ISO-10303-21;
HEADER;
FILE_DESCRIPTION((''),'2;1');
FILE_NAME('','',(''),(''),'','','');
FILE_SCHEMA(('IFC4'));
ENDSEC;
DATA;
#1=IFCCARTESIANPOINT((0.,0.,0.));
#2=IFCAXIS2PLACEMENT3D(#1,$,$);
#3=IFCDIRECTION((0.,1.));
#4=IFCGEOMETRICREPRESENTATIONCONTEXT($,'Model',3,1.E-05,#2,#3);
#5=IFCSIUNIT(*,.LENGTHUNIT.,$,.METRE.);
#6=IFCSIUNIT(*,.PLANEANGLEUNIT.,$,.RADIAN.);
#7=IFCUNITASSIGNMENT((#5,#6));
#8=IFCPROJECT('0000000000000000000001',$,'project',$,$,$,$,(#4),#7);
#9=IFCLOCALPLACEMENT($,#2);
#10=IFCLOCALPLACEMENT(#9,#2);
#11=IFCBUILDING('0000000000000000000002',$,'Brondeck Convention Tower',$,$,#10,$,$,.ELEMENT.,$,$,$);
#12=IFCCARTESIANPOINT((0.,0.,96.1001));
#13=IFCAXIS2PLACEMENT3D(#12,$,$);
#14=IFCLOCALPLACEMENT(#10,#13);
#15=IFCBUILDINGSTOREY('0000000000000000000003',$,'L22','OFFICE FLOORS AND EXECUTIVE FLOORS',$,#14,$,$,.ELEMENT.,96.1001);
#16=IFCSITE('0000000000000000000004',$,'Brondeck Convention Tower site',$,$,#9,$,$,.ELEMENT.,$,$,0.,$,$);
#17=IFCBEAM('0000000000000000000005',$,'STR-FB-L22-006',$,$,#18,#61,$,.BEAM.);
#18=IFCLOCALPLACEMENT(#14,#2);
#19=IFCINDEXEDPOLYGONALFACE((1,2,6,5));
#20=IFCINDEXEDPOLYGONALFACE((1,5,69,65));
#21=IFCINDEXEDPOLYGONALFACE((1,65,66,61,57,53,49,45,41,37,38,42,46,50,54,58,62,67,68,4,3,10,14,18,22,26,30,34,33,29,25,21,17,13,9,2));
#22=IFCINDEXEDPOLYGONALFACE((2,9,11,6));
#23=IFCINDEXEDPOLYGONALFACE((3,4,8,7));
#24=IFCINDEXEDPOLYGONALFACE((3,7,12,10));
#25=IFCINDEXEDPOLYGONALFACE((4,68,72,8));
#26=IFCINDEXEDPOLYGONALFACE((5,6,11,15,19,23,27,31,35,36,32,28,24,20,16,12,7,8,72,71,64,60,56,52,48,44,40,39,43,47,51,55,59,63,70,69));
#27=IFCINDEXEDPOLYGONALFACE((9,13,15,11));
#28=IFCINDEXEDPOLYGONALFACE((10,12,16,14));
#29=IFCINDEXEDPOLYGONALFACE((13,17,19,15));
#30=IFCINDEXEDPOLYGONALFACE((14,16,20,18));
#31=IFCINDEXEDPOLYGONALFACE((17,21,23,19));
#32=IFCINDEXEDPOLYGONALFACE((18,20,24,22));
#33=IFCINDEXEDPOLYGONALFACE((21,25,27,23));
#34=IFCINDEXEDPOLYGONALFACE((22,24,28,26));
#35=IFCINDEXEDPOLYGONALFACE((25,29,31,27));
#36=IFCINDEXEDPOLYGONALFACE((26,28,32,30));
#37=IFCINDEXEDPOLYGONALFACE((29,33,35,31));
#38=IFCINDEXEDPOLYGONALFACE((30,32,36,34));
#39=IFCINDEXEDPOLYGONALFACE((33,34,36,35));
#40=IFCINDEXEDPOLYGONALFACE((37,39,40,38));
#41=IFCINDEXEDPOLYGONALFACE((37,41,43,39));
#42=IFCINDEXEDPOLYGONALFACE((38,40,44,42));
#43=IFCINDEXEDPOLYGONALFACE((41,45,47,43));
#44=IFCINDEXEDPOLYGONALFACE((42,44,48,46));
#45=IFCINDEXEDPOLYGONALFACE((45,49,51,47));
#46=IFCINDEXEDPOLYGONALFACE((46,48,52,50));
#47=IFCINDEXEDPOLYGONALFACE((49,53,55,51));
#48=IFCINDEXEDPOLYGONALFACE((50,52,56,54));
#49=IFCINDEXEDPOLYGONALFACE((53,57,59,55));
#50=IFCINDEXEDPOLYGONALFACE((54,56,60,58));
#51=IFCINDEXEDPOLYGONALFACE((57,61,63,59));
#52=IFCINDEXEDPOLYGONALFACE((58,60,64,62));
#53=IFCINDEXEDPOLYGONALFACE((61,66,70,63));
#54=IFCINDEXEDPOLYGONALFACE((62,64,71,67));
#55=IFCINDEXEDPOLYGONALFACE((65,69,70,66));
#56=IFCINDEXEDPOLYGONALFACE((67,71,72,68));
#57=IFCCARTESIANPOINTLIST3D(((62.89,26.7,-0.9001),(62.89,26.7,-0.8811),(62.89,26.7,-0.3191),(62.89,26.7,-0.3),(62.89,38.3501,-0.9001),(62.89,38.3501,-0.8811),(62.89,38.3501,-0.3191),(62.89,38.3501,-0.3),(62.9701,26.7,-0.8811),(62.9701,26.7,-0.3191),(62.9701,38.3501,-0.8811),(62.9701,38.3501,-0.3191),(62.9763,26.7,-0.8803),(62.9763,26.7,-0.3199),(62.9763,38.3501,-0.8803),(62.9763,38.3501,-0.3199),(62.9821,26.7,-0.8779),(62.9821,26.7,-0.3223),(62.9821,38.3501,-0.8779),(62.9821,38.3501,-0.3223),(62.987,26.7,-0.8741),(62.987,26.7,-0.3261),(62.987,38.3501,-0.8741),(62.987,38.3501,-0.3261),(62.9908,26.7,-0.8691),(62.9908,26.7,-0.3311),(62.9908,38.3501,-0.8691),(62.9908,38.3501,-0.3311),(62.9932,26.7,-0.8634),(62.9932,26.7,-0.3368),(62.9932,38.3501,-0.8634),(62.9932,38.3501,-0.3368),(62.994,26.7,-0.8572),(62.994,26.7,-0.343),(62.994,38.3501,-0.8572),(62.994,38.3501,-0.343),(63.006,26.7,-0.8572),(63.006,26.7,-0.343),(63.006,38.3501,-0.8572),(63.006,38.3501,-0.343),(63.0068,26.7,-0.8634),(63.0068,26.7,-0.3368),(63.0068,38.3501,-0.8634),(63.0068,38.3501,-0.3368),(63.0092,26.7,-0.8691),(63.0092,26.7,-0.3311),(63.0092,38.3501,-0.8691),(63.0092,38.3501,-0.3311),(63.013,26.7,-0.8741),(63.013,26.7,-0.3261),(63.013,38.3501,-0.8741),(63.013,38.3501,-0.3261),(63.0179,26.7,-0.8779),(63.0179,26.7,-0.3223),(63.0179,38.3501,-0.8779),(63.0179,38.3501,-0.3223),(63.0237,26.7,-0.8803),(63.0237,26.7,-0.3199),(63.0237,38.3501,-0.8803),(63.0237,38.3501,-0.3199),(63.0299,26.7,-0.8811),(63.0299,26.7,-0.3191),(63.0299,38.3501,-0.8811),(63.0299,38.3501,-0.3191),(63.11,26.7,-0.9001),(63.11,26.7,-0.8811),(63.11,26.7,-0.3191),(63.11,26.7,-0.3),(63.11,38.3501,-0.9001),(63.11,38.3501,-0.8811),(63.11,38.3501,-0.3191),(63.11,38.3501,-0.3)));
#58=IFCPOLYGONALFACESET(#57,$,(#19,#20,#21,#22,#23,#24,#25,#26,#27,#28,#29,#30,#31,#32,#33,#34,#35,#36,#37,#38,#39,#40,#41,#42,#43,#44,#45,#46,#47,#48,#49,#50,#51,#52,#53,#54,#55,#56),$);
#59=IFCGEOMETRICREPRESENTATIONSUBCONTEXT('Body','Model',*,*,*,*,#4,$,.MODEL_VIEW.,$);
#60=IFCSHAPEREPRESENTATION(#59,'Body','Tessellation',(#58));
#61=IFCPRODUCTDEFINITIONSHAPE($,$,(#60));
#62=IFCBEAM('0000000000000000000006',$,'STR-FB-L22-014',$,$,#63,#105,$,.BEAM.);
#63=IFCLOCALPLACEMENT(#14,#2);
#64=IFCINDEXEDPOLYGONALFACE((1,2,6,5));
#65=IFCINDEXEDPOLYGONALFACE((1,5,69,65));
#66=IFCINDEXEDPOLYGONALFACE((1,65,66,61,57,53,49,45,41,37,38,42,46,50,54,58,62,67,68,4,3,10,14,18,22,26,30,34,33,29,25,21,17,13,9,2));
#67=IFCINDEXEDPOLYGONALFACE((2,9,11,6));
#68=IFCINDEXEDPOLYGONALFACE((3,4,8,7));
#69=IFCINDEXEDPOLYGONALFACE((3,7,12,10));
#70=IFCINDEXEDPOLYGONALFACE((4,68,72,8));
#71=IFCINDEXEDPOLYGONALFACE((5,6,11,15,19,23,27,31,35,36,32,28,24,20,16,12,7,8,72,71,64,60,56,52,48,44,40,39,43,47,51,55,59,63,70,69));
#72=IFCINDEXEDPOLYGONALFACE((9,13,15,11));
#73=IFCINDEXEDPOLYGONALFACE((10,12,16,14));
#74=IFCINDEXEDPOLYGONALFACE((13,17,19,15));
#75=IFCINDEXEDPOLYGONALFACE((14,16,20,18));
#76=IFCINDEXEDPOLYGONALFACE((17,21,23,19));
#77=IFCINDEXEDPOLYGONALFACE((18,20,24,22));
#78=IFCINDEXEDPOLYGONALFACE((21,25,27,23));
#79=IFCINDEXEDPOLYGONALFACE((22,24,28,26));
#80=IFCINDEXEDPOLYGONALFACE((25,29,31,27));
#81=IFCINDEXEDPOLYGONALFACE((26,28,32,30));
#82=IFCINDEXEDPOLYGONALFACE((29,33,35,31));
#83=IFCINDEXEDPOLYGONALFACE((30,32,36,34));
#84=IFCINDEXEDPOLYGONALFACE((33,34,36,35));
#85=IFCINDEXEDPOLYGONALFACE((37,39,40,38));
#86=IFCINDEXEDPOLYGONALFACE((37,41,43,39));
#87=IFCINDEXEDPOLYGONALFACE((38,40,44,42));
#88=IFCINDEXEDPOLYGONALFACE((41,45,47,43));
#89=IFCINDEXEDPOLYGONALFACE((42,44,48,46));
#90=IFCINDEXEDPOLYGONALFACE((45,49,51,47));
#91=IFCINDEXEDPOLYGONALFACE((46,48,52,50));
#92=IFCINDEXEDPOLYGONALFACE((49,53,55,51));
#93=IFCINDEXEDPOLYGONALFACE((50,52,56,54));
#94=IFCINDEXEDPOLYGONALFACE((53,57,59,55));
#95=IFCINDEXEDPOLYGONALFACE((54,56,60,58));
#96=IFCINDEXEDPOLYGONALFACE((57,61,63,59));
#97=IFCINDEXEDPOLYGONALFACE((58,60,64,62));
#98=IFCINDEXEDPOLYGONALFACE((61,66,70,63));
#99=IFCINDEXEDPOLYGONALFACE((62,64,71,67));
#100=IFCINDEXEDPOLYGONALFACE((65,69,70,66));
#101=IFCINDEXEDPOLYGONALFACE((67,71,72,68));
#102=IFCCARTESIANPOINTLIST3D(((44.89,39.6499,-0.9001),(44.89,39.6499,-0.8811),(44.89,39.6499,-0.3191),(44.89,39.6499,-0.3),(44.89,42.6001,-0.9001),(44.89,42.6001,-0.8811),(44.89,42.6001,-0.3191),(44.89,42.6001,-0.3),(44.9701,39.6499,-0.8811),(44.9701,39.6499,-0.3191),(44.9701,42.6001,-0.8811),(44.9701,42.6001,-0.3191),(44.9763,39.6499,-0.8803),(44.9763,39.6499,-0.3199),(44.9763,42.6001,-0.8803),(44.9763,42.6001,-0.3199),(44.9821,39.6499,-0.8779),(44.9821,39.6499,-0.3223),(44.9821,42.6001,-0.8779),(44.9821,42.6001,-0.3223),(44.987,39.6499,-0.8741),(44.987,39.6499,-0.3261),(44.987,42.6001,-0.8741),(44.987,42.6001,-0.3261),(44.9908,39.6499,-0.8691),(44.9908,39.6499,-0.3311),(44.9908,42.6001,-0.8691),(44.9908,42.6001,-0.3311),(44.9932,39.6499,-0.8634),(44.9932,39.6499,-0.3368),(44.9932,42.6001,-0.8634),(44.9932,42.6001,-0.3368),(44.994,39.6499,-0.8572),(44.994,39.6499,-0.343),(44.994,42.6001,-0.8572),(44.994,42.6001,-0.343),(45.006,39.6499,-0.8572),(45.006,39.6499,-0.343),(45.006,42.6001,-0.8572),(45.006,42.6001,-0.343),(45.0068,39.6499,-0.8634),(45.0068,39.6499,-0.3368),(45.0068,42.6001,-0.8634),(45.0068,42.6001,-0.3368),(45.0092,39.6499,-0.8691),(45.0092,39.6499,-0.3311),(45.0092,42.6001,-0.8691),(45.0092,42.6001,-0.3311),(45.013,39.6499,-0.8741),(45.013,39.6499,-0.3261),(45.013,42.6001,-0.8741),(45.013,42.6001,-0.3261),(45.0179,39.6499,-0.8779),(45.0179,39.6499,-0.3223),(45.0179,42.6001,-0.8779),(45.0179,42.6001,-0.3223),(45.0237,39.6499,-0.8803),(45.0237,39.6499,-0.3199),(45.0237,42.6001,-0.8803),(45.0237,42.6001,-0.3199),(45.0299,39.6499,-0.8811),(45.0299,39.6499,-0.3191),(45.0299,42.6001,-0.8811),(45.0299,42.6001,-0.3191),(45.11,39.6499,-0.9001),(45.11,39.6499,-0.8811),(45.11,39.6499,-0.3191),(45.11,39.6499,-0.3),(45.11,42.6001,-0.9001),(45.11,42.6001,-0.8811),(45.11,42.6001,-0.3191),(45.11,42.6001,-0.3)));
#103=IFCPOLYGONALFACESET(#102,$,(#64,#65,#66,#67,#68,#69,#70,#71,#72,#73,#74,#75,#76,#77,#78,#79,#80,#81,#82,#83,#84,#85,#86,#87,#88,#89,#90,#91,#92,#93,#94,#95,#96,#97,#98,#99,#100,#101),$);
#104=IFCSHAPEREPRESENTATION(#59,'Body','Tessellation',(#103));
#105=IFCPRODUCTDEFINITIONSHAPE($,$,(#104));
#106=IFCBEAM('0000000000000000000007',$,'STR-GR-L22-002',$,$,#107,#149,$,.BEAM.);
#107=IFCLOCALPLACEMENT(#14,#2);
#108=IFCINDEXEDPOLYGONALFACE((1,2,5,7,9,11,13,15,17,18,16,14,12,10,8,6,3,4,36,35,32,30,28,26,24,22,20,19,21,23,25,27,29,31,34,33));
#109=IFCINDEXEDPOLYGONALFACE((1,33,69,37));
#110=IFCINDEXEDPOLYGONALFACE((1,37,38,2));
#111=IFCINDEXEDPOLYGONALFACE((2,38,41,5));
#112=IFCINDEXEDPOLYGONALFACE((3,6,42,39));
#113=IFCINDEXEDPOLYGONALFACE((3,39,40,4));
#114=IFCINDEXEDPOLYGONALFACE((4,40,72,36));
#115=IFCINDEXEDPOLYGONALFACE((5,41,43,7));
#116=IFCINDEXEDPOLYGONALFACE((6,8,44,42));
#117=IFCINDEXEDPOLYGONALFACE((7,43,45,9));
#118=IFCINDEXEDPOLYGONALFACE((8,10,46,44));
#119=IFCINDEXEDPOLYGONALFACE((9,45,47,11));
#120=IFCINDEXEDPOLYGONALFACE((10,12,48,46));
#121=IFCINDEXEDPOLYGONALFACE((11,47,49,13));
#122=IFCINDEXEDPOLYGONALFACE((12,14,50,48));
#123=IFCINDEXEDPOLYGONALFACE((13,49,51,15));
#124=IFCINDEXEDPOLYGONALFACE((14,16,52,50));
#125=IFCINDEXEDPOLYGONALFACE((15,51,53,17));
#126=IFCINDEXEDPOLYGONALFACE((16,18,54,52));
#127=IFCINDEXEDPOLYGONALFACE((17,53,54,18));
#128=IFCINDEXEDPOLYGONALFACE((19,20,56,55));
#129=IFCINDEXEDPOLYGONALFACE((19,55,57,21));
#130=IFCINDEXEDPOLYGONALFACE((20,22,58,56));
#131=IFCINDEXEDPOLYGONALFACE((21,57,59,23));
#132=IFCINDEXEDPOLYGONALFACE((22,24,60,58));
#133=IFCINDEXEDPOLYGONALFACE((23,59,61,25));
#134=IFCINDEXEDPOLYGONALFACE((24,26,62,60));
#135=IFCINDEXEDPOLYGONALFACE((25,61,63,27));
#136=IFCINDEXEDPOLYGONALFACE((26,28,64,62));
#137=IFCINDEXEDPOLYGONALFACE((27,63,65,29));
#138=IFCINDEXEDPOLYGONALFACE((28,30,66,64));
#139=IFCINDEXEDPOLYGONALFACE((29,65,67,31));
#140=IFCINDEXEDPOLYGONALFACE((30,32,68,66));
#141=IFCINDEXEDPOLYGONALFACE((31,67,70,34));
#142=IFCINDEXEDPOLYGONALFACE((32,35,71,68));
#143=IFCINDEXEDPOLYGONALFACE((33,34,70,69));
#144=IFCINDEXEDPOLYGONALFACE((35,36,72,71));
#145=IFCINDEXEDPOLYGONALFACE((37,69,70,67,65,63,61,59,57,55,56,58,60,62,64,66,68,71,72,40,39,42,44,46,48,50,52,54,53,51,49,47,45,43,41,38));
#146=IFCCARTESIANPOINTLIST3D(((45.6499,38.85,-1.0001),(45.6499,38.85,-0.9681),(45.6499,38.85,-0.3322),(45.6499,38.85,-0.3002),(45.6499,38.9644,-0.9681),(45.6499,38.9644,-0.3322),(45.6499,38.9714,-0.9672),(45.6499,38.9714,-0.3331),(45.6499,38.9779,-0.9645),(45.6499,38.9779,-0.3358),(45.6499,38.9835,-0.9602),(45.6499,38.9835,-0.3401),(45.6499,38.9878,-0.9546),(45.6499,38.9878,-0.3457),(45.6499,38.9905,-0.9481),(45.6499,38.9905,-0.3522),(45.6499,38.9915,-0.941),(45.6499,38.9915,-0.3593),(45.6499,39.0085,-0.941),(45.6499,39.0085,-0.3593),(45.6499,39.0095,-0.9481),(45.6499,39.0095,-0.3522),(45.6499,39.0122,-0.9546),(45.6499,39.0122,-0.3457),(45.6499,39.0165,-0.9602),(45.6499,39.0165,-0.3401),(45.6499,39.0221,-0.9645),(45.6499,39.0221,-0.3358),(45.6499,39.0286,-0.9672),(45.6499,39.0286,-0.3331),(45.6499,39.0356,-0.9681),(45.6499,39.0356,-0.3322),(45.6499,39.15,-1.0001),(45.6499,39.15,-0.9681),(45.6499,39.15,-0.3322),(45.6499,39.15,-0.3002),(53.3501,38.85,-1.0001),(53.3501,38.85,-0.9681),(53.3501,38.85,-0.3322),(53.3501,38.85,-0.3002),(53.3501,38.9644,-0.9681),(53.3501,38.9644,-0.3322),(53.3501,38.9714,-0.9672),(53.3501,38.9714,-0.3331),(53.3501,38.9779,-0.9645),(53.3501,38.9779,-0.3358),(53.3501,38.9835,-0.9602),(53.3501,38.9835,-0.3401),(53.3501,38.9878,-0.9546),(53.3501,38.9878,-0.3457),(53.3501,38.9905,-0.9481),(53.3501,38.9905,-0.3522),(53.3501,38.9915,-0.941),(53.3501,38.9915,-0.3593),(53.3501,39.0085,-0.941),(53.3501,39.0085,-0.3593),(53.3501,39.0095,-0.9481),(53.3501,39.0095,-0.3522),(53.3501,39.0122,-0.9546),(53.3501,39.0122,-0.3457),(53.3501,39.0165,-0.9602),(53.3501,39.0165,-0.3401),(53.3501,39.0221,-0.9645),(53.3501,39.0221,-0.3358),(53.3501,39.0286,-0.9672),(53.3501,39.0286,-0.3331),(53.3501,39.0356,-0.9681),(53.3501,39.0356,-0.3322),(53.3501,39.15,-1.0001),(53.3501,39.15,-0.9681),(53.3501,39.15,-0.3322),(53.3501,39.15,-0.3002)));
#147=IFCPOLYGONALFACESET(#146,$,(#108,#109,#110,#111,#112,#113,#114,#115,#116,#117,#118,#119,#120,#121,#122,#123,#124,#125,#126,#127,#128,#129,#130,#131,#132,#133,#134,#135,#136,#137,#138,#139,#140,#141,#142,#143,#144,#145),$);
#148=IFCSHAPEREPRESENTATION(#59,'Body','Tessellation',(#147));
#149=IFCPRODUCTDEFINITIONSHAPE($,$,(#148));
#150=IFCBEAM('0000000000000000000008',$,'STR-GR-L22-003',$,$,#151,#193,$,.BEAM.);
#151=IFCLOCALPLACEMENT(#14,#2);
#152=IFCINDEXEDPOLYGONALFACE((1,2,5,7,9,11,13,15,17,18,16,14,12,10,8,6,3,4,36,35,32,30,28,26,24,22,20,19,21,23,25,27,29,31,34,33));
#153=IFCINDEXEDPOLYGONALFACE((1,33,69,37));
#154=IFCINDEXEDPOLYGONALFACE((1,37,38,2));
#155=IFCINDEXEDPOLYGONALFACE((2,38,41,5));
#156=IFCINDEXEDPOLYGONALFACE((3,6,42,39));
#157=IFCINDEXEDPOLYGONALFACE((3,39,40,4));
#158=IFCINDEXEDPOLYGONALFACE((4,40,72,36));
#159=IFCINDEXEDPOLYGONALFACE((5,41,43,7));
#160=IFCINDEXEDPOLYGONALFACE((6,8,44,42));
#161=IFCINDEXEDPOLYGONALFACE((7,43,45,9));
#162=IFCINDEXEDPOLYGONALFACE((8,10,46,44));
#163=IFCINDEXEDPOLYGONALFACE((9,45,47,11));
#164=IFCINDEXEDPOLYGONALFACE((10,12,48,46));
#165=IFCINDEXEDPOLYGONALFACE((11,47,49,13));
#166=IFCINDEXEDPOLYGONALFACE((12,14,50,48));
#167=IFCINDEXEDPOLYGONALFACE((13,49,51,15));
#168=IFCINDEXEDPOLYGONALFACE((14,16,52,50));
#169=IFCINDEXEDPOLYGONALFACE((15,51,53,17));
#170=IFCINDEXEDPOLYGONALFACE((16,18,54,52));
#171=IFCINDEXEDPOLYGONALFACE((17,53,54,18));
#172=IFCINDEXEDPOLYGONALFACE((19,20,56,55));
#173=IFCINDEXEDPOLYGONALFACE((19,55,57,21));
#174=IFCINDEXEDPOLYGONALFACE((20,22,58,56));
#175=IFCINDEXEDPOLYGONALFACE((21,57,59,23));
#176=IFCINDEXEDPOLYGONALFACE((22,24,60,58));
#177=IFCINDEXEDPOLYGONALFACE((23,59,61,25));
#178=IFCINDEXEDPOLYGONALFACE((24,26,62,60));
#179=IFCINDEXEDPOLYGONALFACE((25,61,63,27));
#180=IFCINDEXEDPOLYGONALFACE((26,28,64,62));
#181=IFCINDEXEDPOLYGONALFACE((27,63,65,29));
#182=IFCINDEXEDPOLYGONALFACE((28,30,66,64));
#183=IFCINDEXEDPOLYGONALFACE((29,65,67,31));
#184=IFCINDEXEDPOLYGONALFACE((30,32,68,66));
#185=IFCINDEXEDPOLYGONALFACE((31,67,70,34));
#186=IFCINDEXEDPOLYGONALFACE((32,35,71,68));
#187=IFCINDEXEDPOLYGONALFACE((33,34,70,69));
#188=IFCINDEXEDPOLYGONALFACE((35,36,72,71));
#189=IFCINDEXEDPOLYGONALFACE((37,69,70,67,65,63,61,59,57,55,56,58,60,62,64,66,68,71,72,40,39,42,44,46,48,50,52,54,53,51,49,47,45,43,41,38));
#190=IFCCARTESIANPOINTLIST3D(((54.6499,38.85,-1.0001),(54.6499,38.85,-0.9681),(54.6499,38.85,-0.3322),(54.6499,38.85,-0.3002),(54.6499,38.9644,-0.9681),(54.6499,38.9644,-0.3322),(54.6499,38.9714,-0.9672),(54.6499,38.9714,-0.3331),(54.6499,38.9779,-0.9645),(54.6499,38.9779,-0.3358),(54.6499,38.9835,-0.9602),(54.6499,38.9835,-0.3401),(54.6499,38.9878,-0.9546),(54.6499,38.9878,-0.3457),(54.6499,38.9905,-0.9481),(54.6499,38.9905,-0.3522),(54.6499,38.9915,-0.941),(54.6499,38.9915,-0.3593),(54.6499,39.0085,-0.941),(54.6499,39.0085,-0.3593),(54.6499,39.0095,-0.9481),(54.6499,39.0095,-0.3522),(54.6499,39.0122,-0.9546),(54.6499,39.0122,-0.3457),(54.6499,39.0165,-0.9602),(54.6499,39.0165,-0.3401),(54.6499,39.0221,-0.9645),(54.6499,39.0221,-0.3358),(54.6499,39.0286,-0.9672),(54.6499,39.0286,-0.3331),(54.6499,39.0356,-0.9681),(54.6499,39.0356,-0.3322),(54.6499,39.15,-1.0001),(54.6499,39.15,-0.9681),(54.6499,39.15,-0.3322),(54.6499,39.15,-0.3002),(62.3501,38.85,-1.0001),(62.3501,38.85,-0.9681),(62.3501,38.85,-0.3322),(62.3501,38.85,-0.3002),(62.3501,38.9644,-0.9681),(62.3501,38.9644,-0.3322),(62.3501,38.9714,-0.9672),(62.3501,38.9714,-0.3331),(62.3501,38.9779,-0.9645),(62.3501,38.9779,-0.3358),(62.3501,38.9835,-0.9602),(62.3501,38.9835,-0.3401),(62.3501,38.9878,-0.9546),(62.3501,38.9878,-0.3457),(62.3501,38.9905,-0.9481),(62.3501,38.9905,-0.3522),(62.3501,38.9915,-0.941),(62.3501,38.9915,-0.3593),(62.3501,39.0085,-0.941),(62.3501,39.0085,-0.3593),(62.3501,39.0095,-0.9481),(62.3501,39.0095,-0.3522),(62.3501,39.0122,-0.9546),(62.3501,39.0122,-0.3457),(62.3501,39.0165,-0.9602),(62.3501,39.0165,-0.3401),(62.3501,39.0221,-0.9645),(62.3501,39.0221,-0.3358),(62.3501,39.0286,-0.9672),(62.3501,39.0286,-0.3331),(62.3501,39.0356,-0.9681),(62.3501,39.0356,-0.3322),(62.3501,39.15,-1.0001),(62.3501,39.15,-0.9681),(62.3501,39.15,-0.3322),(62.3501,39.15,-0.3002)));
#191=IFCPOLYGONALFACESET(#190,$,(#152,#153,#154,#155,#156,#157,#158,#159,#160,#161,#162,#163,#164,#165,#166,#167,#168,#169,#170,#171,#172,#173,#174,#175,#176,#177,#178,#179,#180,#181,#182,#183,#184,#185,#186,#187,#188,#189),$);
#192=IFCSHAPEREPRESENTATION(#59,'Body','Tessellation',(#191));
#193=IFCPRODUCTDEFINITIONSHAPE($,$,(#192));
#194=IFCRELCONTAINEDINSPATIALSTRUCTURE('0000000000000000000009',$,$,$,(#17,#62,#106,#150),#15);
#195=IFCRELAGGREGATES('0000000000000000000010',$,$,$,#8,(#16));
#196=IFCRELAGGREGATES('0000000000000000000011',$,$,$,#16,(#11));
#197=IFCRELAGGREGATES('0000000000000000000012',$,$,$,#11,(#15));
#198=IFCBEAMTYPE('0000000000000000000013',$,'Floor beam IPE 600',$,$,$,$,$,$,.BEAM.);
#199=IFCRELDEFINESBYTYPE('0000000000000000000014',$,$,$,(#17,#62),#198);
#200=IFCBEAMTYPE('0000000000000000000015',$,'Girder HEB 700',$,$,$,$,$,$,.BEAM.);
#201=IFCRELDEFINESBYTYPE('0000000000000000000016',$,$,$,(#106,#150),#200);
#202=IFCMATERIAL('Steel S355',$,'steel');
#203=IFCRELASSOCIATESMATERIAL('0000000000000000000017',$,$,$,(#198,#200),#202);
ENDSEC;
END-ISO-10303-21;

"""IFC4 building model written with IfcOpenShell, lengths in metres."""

from ifc_helpers import new_model, si_unit, direction, frame, origin, origin_2d, place, context, subcontext, project, spatial, i_section, extrude, material, material_profile, profile_set, type_object, element, save


model = new_model("IFC4")

# Units and contexts
model_context = context("Model", 3, precision=1e-05, world=origin(), true_north=direction((0.0, 1.0)))
body_context = subcontext(model_context, "Body", "Model", "MODEL_VIEW")
ifc_project = project(units=[si_unit("LENGTHUNIT", "METRE"), si_unit("PLANEANGLEUNIT", "RADIAN")], contexts=[model_context])

# Site, building, storey
site_placement = place(None, origin())
site = spatial("IfcSite", under=ifc_project, at=site_placement, Name="Brondeck Convention Tower site", CompositionType="ELEMENT", RefElevation=0.0)
building_placement = place(site_placement, origin())
building = spatial("IfcBuilding", under=site, at=building_placement, Name="Brondeck Convention Tower", CompositionType="ELEMENT")
storey_placement = place(building_placement, frame((0.0, 0.0, 96.1001)))
storey = spatial("IfcBuildingStorey", under=building, at=storey_placement, Name="L22", Description="OFFICE FLOORS AND EXECUTIVE FLOORS", CompositionType="ELEMENT", Elevation=96.1001)

# Beams
ifc_material_1 = material(Name="Steel S355", Category="steel")
ifc_material_profile_1 = material_profile(ifc_material_1, i_section(OverallWidth=0.22, OverallDepth=0.6001, WebThickness=0.012, FlangeThickness=0.019, FilletRadius=0.0239, at=origin_2d()), Name="IPE 600")
ifc_profile_set_1 = profile_set([ifc_material_profile_1], Name="Steel S355")
beam_type_1 = type_object("IfcBeamType", Name="Floor beam IPE 600", PredefinedType="BEAM", material=ifc_profile_set_1)
beam_1_placement = place(storey_placement, frame((63.0, 26.7, -0.6001), z_axis=(0.0, 1.0, 0.0), x_axis=(-1.0, 0.0, 0.0)))
element("IfcBeam", 1, at=beam_1_placement, inside=storey, type_object=beam_type_1, Name="STR-FB-L22-006", PredefinedType="BEAM", context=body_context, shape_type="SweptSolid", body=[
    extrude(i_section(OverallWidth=0.22, OverallDepth=0.6001, WebThickness=0.012, FlangeThickness=0.019, FilletRadius=0.0239, at=origin_2d()), origin(), (0.0, 0.0, 1.0), 11.6501),
])
beam_2_placement = place(storey_placement, frame((45.0, 39.6499, -0.6001), z_axis=(0.0, 1.0, 0.0), x_axis=(-1.0, 0.0, 0.0)))
element("IfcBeam", 2, at=beam_2_placement, inside=storey, type_object=beam_type_1, Name="STR-FB-L22-014", PredefinedType="BEAM", context=body_context, shape_type="SweptSolid", body=[
    extrude(i_section(OverallWidth=0.22, OverallDepth=0.6001, WebThickness=0.012, FlangeThickness=0.019, FilletRadius=0.0239, at=origin_2d()), origin(), (0.0, 0.0, 1.0), 2.9502),
])
ifc_material_profile_2 = material_profile(ifc_material_1, i_section(OverallWidth=0.3, OverallDepth=0.7, WebThickness=0.0171, FlangeThickness=0.032, FilletRadius=0.0271, at=origin_2d()), Name="HEB 700")
ifc_profile_set_2 = profile_set([ifc_material_profile_2], Name="Steel S355")
beam_type_2 = type_object("IfcBeamType", Name="Girder HEB 700", PredefinedType="BEAM", material=ifc_profile_set_2)
for number, where, z_axis, x_axis, name in (
    (3, (45.6499, 39.0, -0.6501), (1.0, 0.0, 0.0), (0.0, 1.0, 0.0), "STR-GR-L22-002"),
    (4, (54.6499, 39.0, -0.6501), (1.0, 0.0, 0.0), (0.0, 1.0, 0.0), "STR-GR-L22-003"),
):
    element("IfcBeam", number, at=place(storey_placement, frame(where, z_axis=z_axis, x_axis=x_axis)), inside=storey, type_object=beam_type_2, Name=name, PredefinedType="BEAM", context=body_context, shape_type="SweptSolid", body=[
        extrude(i_section(OverallWidth=0.3, OverallDepth=0.7, WebThickness=0.0171, FlangeThickness=0.032, FilletRadius=0.0271, at=origin_2d()), origin(), (0.0, 0.0, 1.0), 7.7002),
    ])

save(model, "model.ifc")
